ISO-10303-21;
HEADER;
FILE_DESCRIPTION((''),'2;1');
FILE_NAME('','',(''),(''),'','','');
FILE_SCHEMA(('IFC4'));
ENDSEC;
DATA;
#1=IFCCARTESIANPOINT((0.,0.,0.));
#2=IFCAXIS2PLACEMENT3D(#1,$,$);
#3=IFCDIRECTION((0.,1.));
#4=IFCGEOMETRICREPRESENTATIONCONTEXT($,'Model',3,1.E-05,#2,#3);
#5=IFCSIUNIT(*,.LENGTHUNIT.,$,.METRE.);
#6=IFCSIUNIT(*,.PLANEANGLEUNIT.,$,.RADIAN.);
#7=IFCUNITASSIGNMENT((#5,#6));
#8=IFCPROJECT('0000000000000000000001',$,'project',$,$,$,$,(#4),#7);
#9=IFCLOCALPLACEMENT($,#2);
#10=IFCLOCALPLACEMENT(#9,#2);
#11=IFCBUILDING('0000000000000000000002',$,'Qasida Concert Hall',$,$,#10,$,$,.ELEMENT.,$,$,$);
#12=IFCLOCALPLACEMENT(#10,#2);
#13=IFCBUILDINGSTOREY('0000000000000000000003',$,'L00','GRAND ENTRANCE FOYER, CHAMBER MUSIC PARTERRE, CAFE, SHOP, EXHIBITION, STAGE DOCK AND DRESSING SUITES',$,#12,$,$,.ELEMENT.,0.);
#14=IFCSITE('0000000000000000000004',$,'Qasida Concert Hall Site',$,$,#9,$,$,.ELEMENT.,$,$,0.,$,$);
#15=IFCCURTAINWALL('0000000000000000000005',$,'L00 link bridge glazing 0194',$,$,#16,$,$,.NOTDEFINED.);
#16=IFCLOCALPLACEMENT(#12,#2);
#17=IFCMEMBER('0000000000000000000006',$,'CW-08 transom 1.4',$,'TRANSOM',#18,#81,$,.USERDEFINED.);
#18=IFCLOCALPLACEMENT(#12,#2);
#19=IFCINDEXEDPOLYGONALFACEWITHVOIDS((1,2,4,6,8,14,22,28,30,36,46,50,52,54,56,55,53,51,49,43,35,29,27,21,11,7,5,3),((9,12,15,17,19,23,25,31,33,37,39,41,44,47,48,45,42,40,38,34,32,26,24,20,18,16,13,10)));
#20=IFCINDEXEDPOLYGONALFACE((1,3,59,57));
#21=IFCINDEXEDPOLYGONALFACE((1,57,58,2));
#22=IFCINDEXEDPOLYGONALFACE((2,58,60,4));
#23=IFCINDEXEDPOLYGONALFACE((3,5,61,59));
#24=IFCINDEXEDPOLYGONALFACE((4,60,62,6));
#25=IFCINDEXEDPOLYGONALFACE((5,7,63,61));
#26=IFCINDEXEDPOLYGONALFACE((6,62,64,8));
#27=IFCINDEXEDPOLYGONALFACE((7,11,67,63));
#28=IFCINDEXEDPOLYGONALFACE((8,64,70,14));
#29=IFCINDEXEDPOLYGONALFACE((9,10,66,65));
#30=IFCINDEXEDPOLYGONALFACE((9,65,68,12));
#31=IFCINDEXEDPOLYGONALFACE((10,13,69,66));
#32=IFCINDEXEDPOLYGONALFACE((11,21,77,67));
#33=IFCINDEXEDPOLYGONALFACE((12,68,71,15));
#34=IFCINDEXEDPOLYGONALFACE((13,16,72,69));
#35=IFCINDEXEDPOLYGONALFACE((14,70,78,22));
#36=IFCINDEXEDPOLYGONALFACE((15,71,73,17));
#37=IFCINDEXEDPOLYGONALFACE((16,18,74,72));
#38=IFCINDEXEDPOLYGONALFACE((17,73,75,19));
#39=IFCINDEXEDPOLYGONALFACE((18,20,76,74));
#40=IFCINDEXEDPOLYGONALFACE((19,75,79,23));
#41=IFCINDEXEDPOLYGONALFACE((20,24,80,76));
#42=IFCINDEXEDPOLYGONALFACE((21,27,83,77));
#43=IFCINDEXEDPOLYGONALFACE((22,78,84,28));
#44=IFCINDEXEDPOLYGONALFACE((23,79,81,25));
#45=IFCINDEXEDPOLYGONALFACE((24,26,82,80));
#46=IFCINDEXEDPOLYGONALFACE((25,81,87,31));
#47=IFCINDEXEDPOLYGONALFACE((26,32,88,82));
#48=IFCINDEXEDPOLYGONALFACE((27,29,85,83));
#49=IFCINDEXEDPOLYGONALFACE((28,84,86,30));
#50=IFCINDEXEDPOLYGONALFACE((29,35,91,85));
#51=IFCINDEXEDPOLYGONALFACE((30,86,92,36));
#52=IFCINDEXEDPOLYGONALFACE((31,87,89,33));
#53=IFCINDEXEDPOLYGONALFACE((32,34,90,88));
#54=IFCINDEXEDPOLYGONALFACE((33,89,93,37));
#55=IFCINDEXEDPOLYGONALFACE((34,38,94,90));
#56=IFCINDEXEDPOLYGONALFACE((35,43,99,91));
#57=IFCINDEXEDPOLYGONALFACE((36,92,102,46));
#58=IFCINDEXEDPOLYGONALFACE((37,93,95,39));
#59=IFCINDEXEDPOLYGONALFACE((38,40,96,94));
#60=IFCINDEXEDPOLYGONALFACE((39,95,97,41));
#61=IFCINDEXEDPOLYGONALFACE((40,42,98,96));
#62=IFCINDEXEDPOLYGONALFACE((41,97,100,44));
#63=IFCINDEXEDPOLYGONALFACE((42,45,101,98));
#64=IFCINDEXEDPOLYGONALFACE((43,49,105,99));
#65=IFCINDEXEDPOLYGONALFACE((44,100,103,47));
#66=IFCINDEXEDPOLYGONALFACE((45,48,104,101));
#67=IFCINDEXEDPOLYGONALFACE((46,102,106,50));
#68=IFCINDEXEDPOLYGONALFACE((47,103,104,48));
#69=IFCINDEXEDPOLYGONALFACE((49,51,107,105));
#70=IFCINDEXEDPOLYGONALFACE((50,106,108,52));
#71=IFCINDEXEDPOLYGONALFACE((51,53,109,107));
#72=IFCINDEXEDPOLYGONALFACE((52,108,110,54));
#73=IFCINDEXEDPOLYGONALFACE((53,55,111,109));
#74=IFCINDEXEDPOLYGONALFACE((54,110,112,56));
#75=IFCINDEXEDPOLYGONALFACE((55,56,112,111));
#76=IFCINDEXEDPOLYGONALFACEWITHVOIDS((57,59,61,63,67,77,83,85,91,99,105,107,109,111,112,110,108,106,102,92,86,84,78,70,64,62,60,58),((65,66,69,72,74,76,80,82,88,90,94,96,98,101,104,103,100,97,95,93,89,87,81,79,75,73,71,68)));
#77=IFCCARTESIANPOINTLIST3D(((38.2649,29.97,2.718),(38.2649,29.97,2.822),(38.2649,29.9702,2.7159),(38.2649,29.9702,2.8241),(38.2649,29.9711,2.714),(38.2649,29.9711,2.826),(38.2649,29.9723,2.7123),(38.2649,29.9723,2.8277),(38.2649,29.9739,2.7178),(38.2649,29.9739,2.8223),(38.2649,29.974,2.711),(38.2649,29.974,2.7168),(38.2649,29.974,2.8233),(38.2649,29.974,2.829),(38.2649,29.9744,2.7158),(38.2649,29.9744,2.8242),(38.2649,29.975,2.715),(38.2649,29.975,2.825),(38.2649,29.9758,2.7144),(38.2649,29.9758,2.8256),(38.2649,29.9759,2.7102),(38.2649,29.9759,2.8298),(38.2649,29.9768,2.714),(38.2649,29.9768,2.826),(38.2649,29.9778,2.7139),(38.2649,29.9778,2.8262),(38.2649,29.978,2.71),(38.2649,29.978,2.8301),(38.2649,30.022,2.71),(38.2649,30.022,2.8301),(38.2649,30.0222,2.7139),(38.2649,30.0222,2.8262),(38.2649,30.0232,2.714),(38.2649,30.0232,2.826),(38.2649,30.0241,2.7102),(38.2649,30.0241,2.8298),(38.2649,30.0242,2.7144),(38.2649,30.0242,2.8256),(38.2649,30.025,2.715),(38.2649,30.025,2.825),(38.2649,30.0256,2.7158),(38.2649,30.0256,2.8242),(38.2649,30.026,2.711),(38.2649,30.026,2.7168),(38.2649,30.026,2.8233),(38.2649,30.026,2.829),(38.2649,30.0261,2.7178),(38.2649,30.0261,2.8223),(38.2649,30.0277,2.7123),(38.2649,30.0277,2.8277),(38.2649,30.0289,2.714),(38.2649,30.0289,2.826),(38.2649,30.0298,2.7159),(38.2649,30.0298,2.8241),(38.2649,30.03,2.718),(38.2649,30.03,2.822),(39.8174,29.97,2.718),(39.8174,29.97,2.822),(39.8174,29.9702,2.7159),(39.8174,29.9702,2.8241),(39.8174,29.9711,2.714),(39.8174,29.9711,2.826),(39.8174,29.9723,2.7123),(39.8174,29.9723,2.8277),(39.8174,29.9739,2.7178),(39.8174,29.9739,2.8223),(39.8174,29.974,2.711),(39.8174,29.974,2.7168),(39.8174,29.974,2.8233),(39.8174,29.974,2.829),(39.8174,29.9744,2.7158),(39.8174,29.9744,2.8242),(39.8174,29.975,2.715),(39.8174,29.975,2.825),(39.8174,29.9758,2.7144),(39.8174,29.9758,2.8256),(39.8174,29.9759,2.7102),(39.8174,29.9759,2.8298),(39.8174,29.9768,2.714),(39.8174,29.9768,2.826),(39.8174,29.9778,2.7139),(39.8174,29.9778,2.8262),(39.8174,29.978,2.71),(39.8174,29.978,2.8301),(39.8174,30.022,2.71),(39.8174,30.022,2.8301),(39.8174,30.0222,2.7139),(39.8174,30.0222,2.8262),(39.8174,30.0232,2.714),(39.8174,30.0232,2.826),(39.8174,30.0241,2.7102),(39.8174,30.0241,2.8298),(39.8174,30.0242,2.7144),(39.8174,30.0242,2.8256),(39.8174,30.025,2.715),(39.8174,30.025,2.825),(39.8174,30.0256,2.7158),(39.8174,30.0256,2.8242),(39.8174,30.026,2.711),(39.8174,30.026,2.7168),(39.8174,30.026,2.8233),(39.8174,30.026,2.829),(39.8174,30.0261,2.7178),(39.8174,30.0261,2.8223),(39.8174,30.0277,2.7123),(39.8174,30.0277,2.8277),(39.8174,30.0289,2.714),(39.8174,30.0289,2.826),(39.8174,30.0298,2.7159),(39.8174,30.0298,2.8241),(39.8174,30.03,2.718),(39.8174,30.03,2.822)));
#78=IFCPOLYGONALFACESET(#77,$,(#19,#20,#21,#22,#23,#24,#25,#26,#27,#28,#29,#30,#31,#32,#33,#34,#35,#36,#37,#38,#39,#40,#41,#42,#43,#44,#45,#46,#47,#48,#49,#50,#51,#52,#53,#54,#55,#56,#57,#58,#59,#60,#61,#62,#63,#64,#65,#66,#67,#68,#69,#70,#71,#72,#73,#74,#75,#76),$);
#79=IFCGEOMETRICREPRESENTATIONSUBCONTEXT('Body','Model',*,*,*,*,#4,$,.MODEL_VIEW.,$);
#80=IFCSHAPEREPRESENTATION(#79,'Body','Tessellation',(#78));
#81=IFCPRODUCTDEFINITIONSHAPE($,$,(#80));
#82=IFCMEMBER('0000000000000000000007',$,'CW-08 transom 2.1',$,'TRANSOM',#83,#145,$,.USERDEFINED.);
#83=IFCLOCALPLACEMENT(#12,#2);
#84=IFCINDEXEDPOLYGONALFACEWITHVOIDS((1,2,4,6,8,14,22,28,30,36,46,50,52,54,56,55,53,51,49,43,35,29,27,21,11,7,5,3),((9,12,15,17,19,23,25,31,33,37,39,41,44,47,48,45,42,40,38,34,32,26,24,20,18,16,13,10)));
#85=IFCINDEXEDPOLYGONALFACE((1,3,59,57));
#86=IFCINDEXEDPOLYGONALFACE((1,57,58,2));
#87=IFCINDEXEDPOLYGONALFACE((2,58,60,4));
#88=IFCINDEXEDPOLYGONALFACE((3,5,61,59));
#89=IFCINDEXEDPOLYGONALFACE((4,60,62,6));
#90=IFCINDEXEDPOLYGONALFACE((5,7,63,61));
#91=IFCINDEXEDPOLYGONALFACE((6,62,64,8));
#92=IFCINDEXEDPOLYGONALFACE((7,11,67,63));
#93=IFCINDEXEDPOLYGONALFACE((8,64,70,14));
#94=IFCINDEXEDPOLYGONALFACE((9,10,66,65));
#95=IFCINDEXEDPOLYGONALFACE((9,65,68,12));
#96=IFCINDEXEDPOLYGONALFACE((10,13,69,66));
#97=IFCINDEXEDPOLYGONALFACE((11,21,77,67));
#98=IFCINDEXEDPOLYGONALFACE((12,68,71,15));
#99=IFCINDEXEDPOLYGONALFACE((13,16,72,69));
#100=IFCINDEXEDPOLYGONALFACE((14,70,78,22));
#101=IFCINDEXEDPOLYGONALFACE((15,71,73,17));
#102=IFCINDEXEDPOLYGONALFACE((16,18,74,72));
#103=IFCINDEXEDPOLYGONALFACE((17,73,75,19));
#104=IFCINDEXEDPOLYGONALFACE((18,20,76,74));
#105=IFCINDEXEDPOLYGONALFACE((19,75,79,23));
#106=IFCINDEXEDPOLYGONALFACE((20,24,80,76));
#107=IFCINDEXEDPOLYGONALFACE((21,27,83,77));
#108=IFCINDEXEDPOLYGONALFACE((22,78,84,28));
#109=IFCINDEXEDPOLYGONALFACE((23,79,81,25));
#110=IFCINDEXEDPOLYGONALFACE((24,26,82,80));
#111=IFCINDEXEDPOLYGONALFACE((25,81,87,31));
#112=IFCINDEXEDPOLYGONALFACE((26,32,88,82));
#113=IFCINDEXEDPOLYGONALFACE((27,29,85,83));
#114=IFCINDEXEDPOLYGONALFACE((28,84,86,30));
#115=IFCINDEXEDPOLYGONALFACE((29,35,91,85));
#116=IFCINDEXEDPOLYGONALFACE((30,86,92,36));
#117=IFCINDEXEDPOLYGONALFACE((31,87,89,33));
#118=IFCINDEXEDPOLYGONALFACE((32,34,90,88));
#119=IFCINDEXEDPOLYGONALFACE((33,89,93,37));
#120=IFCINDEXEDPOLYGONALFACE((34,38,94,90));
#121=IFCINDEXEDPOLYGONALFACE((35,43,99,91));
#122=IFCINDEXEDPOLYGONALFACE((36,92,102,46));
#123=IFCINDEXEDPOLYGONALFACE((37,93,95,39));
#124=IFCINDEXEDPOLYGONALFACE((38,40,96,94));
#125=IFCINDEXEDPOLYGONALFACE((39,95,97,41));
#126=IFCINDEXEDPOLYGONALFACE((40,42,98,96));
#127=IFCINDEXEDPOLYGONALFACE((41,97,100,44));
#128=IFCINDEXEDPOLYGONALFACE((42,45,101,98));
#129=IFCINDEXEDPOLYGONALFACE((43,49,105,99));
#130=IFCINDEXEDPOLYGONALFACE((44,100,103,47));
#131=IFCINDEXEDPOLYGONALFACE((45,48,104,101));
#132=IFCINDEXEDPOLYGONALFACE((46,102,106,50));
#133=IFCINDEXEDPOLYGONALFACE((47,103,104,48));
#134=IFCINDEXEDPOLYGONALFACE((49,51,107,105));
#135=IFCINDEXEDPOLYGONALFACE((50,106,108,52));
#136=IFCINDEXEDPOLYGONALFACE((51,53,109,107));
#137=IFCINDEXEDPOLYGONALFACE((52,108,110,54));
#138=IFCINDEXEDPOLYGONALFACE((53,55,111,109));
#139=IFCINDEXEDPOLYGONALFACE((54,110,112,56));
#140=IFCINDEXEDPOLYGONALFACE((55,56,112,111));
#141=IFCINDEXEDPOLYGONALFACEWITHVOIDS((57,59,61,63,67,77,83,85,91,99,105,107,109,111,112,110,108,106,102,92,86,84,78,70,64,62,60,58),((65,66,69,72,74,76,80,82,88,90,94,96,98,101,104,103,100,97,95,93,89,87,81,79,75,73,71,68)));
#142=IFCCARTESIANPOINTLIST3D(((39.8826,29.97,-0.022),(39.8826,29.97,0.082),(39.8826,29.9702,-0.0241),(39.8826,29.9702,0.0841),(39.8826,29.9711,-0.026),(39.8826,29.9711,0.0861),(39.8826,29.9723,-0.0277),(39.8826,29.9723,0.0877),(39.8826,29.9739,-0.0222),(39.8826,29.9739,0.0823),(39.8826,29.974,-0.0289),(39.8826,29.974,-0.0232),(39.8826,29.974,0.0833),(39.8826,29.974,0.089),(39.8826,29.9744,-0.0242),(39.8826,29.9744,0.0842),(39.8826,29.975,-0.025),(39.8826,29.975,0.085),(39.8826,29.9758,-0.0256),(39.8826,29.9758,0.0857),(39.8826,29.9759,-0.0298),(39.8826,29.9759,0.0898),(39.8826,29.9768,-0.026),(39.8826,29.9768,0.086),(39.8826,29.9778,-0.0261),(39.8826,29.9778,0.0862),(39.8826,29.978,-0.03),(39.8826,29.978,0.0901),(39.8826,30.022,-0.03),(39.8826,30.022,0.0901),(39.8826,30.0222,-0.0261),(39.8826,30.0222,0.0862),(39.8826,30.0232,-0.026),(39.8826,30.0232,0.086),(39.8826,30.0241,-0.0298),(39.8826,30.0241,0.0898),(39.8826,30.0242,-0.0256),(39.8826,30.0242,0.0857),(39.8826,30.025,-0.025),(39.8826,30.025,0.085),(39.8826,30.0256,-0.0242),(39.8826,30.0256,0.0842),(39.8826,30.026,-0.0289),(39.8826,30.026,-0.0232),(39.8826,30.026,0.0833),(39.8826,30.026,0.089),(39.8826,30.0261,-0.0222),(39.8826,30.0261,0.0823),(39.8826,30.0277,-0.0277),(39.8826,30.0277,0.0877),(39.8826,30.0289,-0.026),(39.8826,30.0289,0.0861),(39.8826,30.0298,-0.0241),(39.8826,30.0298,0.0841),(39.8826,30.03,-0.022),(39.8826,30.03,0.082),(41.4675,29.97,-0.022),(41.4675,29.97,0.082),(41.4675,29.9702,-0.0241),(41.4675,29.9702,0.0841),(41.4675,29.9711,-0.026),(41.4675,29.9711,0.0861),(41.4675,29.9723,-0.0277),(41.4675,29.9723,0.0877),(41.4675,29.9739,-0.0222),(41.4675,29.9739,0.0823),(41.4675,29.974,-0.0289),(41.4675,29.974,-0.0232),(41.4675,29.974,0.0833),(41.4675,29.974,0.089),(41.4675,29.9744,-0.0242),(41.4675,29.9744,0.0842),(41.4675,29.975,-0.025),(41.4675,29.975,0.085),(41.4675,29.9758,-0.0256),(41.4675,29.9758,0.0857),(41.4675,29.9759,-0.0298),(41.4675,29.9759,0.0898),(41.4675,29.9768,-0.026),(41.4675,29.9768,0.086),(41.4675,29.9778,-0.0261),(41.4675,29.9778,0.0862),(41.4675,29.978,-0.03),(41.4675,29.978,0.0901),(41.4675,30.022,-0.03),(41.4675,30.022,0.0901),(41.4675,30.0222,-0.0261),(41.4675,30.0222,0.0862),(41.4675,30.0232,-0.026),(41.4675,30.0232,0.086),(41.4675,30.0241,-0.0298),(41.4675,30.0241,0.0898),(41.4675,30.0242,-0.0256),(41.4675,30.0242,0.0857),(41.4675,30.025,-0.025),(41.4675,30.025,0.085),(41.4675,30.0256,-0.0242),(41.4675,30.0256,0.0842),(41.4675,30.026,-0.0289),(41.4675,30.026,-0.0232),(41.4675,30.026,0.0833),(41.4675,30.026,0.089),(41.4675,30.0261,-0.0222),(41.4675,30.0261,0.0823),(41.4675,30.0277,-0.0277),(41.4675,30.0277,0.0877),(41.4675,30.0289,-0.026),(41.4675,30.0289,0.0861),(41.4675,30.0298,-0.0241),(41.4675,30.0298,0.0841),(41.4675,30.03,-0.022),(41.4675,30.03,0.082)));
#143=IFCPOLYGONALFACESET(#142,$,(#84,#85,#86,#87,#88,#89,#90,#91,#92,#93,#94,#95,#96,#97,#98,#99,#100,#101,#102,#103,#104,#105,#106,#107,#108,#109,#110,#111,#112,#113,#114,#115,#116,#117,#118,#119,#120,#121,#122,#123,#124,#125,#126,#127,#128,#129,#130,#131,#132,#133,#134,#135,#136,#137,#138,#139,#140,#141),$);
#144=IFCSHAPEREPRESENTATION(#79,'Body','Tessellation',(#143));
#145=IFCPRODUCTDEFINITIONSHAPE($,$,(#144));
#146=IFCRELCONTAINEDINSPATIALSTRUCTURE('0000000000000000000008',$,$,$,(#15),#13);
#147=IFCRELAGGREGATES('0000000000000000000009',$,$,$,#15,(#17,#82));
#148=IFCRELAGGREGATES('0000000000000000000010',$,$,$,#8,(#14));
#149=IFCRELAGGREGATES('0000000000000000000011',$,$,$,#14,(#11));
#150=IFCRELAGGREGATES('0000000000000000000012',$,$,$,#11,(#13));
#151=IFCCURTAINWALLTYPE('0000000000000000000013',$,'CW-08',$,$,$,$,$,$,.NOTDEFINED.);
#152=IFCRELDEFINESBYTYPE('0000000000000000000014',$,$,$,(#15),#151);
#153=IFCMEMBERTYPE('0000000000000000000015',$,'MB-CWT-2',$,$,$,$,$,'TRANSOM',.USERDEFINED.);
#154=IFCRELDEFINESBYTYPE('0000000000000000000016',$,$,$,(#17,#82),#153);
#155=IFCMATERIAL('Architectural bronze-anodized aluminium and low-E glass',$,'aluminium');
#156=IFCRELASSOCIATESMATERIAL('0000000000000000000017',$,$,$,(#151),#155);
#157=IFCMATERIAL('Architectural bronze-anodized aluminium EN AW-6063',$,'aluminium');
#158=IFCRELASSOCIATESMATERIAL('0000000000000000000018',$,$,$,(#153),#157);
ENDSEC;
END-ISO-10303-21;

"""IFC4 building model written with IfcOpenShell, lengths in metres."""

from ifc_helpers import new_model, si_unit, direction, frame, origin, origin_2d, place, context, subcontext, project, spatial, hollow_rectangle, extrude, material, material_profile, profile_set, type_object, element, aggregate, save


model = new_model("IFC4")

# Units and contexts
model_context = context("Model", 3, precision=1e-05, world=origin(), true_north=direction((0.0, 1.0)))
body_context = subcontext(model_context, "Body", "Model", "MODEL_VIEW")
ifc_project = project(units=[si_unit("LENGTHUNIT", "METRE"), si_unit("PLANEANGLEUNIT", "RADIAN")], contexts=[model_context])

# Site, building, storey
site_placement = place(None, origin())
site = spatial("IfcSite", under=ifc_project, at=site_placement, Name="Qasida Concert Hall Site", CompositionType="ELEMENT", RefElevation=0.0)
building_placement = place(site_placement, origin())
building = spatial("IfcBuilding", under=site, at=building_placement, Name="Qasida Concert Hall", CompositionType="ELEMENT")
storey_placement = place(building_placement, origin())
storey = spatial("IfcBuildingStorey", under=building, at=storey_placement, Name="L00", Description="GRAND ENTRANCE FOYER, CHAMBER MUSIC PARTERRE, CAFE, SHOP, EXHIBITION, STAGE DOCK AND DRESSING SUITES", CompositionType="ELEMENT", Elevation=0.0)

# Curtain wall, members
ifc_material_1 = material(Name="Architectural bronze-anodized aluminium and low-E glass", Category="aluminium")
curtain_wall_type = type_object("IfcCurtainWallType", Name="CW-08", PredefinedType="NOTDEFINED", material=ifc_material_1)
curtain_wall_placement = place(storey_placement, origin())
curtain_wall = element("IfcCurtainWall", 1, at=curtain_wall_placement, inside=storey, type_object=curtain_wall_type, Name="L00 link bridge glazing 0194", PredefinedType="NOTDEFINED")
ifc_material_2 = material(Name="Architectural bronze-anodized aluminium EN AW-6063", Category="aluminium")
ifc_material_profile_1 = material_profile(ifc_material_2, hollow_rectangle(XDim=0.0601, YDim=0.1201, WallThickness=0.0039, InnerFilletRadius=0.0039, OuterFilletRadius=0.0081, at=origin_2d()), Name="CWT 120x60x4")
ifc_profile_set_1 = profile_set([ifc_material_profile_1], Name="Architectural bronze-anodized aluminium EN AW-6063")
member_type_1 = type_object("IfcMemberType", Name="MB-CWT-2", ElementType="TRANSOM", PredefinedType="USERDEFINED", material=ifc_profile_set_1)
member_1_placement = place(storey_placement, frame((38.2649, 30.0, 2.77), z_axis=(1.0, 0.0, 0.0), x_axis=(0.0, 1.0, 0.0)))
member_1 = element("IfcMember", 2, at=member_1_placement, type_object=member_type_1, Name="CW-08 transom 1.4", ObjectType="TRANSOM", PredefinedType="USERDEFINED", context=body_context, shape_type="SweptSolid", body=[
    extrude(hollow_rectangle(XDim=0.0601, YDim=0.1201, WallThickness=0.0039, InnerFilletRadius=0.0039, OuterFilletRadius=0.0081, at=origin_2d()), origin(), (0.0, 0.0, 1.0), 1.5525),
])
member_2_placement = place(storey_placement, frame((39.8826, 30.0, 0.03), z_axis=(1.0, 0.0, 0.0), x_axis=(0.0, 1.0, 0.0)))
member_2 = element("IfcMember", 3, at=member_2_placement, type_object=member_type_1, Name="CW-08 transom 2.1", ObjectType="TRANSOM", PredefinedType="USERDEFINED", context=body_context, shape_type="SweptSolid", body=[
    extrude(hollow_rectangle(XDim=0.0601, YDim=0.1201, WallThickness=0.0039, InnerFilletRadius=0.0039, OuterFilletRadius=0.0081, at=origin_2d()), origin(), (0.0, 0.0, 1.0), 1.585),
])
aggregate(curtain_wall, [member_1, member_2])

save(model, "model.ifc")
